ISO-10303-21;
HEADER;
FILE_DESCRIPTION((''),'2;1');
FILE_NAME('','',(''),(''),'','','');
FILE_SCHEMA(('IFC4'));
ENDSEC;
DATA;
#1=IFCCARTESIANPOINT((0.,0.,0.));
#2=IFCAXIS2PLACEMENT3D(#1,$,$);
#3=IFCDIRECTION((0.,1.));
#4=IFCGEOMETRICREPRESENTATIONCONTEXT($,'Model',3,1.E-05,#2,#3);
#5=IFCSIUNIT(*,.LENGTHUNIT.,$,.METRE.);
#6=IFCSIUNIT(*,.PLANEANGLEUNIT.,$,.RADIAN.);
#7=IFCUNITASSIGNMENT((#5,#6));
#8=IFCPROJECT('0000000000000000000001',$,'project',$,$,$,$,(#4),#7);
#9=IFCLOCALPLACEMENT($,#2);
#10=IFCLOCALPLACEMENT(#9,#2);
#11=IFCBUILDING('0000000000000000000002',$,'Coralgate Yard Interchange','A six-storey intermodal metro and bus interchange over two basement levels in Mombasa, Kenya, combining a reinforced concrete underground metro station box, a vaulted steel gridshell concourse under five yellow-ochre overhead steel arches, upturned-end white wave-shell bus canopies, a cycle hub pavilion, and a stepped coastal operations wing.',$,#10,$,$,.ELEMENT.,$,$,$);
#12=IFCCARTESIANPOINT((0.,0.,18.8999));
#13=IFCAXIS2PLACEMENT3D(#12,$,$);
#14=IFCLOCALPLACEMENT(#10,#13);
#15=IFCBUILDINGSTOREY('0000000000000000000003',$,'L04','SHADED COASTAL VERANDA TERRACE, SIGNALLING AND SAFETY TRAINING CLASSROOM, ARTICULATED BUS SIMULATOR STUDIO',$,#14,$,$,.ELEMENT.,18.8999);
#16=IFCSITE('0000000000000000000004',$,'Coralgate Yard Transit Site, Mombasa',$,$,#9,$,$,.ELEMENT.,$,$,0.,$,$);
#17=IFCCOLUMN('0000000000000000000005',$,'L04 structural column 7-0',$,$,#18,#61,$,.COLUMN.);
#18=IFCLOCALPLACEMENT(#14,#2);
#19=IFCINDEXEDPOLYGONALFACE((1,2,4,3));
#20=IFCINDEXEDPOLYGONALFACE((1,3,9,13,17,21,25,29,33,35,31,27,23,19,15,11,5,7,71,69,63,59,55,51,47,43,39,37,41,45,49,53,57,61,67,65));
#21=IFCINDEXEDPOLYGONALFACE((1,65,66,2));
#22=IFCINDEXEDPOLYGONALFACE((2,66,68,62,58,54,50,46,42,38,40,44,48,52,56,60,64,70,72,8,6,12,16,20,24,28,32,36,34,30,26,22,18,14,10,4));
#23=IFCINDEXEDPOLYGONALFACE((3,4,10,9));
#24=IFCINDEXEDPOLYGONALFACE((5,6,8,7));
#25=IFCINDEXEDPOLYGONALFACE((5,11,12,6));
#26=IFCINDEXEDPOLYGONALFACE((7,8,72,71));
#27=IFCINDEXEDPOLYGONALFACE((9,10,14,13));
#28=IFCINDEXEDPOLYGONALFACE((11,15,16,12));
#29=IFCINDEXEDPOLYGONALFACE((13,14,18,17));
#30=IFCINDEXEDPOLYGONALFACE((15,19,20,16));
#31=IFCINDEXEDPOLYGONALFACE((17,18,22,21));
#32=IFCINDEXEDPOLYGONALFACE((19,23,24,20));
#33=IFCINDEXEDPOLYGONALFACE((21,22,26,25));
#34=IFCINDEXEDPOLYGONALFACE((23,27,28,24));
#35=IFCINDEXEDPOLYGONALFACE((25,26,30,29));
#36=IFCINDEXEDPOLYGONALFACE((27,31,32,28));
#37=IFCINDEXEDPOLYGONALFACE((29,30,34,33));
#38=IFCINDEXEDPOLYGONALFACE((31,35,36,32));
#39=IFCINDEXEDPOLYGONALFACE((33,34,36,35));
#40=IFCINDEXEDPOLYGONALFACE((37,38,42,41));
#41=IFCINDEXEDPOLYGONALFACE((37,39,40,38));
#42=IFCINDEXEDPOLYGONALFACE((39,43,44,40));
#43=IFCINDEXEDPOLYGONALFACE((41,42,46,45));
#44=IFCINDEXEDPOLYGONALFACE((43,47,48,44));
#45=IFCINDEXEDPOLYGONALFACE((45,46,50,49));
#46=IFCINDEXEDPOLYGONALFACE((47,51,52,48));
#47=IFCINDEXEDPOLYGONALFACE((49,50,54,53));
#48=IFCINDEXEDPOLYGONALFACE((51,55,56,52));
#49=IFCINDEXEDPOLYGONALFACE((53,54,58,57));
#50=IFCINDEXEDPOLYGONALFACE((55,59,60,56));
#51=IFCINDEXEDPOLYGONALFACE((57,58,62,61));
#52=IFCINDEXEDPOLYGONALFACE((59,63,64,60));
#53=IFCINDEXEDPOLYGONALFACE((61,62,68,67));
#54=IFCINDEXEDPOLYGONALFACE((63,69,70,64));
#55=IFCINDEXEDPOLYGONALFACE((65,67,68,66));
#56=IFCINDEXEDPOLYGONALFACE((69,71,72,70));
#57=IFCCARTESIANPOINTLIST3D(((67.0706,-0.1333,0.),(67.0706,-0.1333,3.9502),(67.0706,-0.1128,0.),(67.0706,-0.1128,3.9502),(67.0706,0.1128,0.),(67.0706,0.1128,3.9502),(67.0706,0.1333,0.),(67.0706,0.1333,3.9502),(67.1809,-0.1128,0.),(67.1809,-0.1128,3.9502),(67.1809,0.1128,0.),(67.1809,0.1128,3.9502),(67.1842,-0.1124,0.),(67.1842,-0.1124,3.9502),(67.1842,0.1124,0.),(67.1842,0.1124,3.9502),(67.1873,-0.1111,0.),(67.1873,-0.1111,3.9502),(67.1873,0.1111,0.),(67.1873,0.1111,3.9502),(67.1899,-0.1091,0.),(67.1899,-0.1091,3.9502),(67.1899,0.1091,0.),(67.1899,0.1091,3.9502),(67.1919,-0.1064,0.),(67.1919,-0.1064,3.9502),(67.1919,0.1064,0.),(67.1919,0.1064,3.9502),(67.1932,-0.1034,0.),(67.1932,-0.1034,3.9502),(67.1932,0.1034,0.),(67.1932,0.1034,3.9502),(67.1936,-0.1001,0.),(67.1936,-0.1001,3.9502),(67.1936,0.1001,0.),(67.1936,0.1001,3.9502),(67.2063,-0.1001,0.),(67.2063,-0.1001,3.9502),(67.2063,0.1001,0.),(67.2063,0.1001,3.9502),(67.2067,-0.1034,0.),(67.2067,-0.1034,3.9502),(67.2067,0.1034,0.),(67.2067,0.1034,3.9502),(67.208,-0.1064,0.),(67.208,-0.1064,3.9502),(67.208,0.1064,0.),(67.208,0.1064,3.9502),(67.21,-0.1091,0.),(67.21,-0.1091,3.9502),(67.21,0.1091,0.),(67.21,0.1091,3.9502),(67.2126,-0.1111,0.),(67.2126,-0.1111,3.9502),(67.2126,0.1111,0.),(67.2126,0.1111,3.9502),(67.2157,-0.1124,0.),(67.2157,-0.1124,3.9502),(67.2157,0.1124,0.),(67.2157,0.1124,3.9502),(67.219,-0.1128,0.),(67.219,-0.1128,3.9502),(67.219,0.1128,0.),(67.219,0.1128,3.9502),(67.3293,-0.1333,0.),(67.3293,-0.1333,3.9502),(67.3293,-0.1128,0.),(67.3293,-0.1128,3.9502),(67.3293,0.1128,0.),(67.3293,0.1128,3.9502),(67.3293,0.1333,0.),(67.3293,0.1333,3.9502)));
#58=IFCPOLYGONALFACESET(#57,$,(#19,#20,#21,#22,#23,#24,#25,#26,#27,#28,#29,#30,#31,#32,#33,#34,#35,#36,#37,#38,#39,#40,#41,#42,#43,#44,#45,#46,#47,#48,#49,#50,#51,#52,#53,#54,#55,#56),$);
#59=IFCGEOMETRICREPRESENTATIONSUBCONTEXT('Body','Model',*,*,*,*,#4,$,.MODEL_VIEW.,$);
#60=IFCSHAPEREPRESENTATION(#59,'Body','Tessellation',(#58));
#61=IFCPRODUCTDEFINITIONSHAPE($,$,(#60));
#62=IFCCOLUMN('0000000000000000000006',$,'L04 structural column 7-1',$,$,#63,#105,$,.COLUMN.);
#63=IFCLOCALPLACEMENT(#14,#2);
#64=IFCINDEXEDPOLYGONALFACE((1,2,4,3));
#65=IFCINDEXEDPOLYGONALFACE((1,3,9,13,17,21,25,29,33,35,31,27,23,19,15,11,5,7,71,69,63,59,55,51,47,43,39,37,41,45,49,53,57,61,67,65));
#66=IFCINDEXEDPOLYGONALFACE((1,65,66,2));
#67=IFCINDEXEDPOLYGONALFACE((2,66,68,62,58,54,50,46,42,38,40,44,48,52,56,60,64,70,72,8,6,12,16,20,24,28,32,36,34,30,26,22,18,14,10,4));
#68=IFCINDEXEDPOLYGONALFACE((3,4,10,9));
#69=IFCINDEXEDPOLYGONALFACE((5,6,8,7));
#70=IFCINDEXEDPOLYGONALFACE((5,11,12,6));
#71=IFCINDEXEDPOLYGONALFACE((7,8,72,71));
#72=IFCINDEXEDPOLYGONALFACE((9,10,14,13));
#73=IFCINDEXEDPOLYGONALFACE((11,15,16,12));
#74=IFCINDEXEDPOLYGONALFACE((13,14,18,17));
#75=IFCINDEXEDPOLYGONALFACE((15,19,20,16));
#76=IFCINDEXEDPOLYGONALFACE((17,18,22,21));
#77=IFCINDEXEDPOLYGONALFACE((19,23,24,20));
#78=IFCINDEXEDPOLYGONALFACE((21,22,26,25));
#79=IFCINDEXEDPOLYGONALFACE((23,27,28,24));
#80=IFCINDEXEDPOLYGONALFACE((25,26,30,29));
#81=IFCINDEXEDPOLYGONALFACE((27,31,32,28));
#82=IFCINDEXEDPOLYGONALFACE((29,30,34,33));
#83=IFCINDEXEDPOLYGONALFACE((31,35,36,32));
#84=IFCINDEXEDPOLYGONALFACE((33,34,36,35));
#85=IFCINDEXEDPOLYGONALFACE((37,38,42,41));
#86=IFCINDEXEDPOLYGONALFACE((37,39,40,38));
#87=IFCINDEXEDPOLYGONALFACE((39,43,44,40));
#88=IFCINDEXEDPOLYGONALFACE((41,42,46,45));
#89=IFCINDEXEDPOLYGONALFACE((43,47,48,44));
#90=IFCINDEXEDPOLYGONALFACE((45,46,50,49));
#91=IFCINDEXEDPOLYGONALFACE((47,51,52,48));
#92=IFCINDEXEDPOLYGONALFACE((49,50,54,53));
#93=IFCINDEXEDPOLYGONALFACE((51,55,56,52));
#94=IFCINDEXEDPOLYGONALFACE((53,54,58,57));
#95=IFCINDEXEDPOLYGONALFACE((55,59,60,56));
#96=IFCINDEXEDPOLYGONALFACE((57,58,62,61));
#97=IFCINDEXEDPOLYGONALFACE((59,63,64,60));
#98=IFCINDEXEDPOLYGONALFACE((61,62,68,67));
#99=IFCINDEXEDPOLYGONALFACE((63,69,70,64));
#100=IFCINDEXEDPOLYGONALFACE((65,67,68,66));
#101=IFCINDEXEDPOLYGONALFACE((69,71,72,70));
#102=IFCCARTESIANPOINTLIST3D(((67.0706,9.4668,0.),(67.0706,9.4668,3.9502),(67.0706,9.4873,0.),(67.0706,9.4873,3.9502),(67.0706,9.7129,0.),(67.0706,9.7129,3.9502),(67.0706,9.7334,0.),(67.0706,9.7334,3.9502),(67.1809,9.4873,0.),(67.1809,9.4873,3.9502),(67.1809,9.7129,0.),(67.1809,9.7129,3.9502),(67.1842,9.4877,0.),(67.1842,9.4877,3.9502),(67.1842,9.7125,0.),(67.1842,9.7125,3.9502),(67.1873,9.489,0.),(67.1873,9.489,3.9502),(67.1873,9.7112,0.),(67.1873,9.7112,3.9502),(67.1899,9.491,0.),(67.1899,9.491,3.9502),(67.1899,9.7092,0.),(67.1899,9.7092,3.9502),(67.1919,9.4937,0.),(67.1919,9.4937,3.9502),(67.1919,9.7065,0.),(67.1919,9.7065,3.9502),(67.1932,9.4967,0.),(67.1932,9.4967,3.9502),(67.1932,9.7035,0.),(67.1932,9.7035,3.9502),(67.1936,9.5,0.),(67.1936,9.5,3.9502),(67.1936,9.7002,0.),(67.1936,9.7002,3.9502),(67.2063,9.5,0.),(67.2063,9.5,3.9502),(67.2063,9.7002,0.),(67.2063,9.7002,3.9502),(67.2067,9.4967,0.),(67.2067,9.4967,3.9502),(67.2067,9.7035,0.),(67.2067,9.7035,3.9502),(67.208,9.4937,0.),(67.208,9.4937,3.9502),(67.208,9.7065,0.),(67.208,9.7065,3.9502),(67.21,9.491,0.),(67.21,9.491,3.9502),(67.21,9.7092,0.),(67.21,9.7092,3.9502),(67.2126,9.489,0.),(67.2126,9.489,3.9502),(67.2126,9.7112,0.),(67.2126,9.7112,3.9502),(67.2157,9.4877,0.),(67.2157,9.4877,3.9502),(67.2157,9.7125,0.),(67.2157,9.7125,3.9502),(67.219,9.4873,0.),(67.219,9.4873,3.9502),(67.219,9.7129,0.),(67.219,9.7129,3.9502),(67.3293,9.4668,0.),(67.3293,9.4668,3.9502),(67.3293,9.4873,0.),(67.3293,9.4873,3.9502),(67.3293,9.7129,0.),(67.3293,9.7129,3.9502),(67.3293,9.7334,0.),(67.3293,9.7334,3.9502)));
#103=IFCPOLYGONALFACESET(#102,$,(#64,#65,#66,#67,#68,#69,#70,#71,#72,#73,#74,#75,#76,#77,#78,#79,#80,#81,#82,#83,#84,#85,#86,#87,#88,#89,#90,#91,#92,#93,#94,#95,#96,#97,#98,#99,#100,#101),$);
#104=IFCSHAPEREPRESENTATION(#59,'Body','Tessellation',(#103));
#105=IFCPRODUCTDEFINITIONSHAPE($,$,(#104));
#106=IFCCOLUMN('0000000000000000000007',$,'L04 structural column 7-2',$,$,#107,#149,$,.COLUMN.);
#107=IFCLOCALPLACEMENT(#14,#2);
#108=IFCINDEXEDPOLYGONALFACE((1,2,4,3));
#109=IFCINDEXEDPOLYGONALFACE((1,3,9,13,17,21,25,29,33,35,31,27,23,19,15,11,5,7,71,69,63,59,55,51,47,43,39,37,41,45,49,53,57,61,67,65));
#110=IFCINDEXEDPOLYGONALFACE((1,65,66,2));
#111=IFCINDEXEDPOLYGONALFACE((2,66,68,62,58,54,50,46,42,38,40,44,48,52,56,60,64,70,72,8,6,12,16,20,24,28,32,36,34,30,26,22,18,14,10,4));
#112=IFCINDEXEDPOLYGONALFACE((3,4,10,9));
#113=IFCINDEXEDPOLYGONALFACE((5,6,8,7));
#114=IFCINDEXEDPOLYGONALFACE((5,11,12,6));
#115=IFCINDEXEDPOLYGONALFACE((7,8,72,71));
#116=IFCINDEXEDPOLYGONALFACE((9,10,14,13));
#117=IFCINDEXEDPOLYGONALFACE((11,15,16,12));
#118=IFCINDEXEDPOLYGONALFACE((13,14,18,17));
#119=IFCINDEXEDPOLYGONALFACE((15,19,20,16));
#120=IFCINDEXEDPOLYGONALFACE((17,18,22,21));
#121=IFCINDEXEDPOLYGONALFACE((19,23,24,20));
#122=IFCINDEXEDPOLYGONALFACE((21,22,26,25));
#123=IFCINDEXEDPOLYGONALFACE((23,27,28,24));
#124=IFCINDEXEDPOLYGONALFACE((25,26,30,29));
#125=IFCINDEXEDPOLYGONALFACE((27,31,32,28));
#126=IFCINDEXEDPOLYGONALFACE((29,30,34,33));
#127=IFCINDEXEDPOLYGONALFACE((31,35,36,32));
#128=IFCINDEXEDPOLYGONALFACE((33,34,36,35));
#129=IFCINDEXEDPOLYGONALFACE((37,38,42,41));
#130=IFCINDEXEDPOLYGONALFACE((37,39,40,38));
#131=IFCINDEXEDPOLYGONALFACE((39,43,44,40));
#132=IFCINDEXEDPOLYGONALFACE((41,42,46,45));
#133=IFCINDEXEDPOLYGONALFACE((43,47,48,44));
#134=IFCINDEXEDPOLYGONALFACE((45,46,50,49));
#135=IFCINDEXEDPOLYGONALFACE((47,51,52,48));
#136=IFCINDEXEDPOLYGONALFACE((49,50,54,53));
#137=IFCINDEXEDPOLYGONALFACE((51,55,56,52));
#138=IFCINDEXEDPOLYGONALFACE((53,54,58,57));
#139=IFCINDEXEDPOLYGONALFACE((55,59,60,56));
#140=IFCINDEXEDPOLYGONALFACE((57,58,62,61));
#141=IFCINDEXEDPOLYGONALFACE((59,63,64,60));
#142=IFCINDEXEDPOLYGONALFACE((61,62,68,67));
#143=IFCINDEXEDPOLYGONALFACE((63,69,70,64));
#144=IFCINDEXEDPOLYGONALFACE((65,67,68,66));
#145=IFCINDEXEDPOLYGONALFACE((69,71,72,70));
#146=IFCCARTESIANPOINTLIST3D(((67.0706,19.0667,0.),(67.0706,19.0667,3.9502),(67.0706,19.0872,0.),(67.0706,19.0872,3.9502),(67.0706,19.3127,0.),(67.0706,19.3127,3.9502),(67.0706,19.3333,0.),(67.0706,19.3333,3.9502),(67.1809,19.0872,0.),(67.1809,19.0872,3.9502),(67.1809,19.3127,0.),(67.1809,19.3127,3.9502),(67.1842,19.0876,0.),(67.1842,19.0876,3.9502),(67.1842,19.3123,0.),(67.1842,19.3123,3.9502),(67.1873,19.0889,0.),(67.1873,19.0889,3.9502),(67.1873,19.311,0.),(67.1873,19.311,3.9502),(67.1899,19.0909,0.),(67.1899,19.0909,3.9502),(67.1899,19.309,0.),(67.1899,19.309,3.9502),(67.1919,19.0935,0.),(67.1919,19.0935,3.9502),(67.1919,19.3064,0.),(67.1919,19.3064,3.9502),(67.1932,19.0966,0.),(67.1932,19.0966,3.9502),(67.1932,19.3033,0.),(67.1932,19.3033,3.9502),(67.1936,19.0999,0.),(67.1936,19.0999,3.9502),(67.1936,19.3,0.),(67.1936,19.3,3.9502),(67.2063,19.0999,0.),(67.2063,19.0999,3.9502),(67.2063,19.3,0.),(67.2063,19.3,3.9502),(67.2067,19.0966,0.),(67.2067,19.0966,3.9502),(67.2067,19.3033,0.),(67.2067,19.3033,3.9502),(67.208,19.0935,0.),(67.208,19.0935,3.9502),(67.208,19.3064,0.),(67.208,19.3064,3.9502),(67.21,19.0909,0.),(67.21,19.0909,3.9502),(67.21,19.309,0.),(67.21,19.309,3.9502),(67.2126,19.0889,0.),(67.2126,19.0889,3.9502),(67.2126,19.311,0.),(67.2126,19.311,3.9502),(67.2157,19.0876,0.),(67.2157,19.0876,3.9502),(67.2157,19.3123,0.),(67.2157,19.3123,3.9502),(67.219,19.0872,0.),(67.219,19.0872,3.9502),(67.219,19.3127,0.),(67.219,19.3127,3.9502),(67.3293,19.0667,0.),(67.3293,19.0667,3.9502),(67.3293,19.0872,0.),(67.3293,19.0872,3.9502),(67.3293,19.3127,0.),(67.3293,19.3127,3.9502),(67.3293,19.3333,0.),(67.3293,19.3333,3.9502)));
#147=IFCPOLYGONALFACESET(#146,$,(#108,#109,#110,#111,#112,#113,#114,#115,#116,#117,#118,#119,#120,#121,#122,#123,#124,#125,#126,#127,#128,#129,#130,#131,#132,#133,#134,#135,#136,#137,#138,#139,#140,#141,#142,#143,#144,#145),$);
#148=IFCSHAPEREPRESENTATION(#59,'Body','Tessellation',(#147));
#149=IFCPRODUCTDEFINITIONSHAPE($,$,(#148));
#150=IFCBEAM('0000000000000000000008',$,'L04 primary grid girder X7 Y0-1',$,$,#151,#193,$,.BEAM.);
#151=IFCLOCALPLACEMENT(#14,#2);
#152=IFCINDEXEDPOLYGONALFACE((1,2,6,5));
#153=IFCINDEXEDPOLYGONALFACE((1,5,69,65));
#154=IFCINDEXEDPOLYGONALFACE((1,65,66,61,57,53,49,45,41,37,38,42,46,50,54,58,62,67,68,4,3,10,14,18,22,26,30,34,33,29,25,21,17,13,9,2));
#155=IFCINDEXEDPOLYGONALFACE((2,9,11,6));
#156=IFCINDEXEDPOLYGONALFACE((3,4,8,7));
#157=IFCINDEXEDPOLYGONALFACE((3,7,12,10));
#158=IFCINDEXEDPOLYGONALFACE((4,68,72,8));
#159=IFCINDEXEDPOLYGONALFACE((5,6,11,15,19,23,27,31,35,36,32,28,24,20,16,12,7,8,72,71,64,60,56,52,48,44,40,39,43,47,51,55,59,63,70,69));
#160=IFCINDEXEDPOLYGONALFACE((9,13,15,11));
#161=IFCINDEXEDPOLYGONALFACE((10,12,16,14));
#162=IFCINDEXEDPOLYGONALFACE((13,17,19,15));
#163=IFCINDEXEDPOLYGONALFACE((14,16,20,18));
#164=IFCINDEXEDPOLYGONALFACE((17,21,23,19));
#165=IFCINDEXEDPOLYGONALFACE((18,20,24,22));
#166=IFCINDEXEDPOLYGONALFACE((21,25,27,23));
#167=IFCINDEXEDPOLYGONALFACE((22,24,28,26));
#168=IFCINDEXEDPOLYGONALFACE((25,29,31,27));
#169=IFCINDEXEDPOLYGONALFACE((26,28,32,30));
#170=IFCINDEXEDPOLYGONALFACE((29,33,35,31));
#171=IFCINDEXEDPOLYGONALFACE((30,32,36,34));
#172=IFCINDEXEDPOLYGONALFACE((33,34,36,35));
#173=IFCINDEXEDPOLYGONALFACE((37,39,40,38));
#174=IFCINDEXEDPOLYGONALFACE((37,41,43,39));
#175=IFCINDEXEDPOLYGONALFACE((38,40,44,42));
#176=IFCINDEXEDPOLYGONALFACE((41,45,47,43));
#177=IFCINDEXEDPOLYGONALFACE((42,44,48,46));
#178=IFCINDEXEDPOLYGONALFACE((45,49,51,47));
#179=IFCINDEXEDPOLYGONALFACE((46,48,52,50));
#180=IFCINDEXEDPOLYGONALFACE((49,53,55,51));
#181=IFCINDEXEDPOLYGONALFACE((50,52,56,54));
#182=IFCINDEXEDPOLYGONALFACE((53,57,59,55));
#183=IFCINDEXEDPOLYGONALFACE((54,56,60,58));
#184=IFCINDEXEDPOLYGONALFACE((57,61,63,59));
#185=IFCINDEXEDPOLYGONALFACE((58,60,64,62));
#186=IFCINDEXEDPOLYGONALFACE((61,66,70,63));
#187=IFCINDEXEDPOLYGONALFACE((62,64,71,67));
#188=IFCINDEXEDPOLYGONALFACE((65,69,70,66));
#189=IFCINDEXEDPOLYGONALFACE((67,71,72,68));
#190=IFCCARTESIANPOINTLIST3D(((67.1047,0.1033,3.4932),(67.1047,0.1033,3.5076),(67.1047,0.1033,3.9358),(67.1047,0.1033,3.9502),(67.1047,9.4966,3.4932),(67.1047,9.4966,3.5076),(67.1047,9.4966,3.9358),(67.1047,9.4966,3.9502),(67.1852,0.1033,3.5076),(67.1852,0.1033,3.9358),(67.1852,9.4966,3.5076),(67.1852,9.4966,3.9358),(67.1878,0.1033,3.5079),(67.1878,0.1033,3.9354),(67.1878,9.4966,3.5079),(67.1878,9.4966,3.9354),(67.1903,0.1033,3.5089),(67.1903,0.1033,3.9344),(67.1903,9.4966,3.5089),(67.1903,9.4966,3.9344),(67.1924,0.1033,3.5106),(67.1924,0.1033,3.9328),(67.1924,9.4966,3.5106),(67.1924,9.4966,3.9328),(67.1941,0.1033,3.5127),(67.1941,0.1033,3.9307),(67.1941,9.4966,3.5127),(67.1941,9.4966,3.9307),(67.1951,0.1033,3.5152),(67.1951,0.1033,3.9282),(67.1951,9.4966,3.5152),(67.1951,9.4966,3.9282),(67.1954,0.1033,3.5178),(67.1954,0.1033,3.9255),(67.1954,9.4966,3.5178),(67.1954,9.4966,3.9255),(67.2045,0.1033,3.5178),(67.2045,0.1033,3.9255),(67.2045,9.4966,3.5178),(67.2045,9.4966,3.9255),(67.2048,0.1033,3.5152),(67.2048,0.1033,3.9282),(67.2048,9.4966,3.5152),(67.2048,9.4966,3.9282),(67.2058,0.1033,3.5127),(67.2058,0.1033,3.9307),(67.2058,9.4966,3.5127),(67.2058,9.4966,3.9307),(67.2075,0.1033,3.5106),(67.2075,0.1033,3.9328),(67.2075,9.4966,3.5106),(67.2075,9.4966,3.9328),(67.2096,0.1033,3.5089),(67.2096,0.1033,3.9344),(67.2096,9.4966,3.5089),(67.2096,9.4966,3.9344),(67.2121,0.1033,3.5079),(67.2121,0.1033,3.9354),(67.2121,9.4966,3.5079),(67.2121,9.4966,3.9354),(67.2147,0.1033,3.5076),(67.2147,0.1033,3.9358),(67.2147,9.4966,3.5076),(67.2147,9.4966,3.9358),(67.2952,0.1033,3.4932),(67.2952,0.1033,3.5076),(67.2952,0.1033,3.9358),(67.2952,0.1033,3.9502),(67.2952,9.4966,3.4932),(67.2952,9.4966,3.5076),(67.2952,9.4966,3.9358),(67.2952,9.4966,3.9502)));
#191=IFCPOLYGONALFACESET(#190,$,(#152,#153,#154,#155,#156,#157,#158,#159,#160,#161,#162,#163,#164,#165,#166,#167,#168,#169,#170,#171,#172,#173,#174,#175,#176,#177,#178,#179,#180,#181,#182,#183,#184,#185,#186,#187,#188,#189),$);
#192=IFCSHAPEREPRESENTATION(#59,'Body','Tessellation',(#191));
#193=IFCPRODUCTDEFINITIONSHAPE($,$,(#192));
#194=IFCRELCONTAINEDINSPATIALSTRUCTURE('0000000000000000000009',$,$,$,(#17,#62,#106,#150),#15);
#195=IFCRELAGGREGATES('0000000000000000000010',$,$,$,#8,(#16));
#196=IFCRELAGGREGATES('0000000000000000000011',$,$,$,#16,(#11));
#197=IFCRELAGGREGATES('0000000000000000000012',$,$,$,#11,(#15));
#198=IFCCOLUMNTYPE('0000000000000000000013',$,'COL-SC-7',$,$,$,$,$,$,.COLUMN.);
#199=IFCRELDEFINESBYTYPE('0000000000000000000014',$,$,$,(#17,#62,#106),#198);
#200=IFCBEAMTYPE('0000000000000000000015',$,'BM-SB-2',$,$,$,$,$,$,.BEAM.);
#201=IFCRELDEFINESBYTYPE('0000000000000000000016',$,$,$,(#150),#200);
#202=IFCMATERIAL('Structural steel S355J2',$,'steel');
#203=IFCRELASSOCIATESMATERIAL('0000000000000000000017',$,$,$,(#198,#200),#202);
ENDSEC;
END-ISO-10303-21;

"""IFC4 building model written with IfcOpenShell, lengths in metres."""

from ifc_helpers import new_model, si_unit, direction, frame, origin, origin_2d, place, context, subcontext, project, spatial, i_section, extrude, material, material_profile, profile_set, type_object, element, save


model = new_model("IFC4")

# Units and contexts
model_context = context("Model", 3, precision=1e-05, world=origin(), true_north=direction((0.0, 1.0)))
body_context = subcontext(model_context, "Body", "Model", "MODEL_VIEW")
ifc_project = project(units=[si_unit("LENGTHUNIT", "METRE"), si_unit("PLANEANGLEUNIT", "RADIAN")], contexts=[model_context])

# Site, building, storey
site_placement = place(None, origin())
site = spatial("IfcSite", under=ifc_project, at=site_placement, Name="Coralgate Yard Transit Site, Mombasa", CompositionType="ELEMENT", RefElevation=0.0)
building_placement = place(site_placement, origin())
building = spatial("IfcBuilding", under=site, at=building_placement, Name="Coralgate Yard Interchange", Description="A six-storey intermodal metro and bus interchange over two basement levels in Mombasa, Kenya, combining a reinforced concrete underground metro station box, a vaulted steel gridshell concourse under five yellow-ochre overhead steel arches, upturned-end white wave-shell bus canopies, a cycle hub pavilion, and a stepped coastal operations wing.", CompositionType="ELEMENT")
storey_placement = place(building_placement, frame((0.0, 0.0, 18.8999)))
storey = spatial("IfcBuildingStorey", under=building, at=storey_placement, Name="L04", Description="SHADED COASTAL VERANDA TERRACE, SIGNALLING AND SAFETY TRAINING CLASSROOM, ARTICULATED BUS SIMULATOR STUDIO", CompositionType="ELEMENT", Elevation=18.8999)

# Columns
ifc_material_1 = material(Name="Structural steel S355J2", Category="steel")
ifc_material_profile_1 = material_profile(ifc_material_1, i_section(OverallWidth=0.2588, OverallDepth=0.2666, WebThickness=0.0127, FlangeThickness=0.0205, FilletRadius=0.0127, at=origin_2d()), Name="UC 254x254x107")
ifc_profile_set_1 = profile_set([ifc_material_profile_1], Name="Structural steel S355J2")
column_type = type_object("IfcColumnType", Name="COL-SC-7", PredefinedType="COLUMN", material=ifc_profile_set_1)
for number, where, z_axis, x_axis, name in (
    (1, (67.2, 0.0, 0.0), (0.0, 0.0, 1.0), (1.0, 0.0, 0.0), "L04 structural column 7-0"),
    (2, (67.2, 9.6001, 0.0), (0.0, 0.0, 1.0), (1.0, 0.0, 0.0), "L04 structural column 7-1"),
    (3, (67.2, 19.2, 0.0), (0.0, 0.0, 1.0), (1.0, 0.0, 0.0), "L04 structural column 7-2"),
):
    element("IfcColumn", number, at=place(storey_placement, frame(where, z_axis=z_axis, x_axis=x_axis)), inside=storey, type_object=column_type, Name=name, PredefinedType="COLUMN", context=body_context, shape_type="SweptSolid", body=[
        extrude(i_section(OverallWidth=0.2588, OverallDepth=0.2666, WebThickness=0.0127, FlangeThickness=0.0205, FilletRadius=0.0127, at=origin_2d()), origin(), (0.0, 0.0, 1.0), 3.9502),
    ])

# Beam
ifc_material_profile_2 = material_profile(ifc_material_1, i_section(OverallWidth=0.1904, OverallDepth=0.457, WebThickness=0.009, FlangeThickness=0.0144, FilletRadius=0.0103, at=origin_2d()), Name="UB 457x191x74")
ifc_profile_set_2 = profile_set([ifc_material_profile_2], Name="Structural steel S355J2")
beam_type = type_object("IfcBeamType", Name="BM-SB-2", PredefinedType="BEAM", material=ifc_profile_set_2)
for number, where, z_axis, x_axis, name in (
    (4, (67.2, 0.1033, 3.7217), (0.0, 1.0, 0.0), (-1.0, 0.0, 0.0), "L04 primary grid girder X7 Y0-1"),
):
    element("IfcBeam", number, at=place(storey_placement, frame(where, z_axis=z_axis, x_axis=x_axis)), inside=storey, type_object=beam_type, Name=name, PredefinedType="BEAM", context=body_context, shape_type="SweptSolid", body=[
        extrude(i_section(OverallWidth=0.1904, OverallDepth=0.457, WebThickness=0.009, FlangeThickness=0.0144, FilletRadius=0.0103, at=origin_2d()), origin(), (0.0, 0.0, 1.0), 9.3933),
    ])

save(model, "model.ifc")
